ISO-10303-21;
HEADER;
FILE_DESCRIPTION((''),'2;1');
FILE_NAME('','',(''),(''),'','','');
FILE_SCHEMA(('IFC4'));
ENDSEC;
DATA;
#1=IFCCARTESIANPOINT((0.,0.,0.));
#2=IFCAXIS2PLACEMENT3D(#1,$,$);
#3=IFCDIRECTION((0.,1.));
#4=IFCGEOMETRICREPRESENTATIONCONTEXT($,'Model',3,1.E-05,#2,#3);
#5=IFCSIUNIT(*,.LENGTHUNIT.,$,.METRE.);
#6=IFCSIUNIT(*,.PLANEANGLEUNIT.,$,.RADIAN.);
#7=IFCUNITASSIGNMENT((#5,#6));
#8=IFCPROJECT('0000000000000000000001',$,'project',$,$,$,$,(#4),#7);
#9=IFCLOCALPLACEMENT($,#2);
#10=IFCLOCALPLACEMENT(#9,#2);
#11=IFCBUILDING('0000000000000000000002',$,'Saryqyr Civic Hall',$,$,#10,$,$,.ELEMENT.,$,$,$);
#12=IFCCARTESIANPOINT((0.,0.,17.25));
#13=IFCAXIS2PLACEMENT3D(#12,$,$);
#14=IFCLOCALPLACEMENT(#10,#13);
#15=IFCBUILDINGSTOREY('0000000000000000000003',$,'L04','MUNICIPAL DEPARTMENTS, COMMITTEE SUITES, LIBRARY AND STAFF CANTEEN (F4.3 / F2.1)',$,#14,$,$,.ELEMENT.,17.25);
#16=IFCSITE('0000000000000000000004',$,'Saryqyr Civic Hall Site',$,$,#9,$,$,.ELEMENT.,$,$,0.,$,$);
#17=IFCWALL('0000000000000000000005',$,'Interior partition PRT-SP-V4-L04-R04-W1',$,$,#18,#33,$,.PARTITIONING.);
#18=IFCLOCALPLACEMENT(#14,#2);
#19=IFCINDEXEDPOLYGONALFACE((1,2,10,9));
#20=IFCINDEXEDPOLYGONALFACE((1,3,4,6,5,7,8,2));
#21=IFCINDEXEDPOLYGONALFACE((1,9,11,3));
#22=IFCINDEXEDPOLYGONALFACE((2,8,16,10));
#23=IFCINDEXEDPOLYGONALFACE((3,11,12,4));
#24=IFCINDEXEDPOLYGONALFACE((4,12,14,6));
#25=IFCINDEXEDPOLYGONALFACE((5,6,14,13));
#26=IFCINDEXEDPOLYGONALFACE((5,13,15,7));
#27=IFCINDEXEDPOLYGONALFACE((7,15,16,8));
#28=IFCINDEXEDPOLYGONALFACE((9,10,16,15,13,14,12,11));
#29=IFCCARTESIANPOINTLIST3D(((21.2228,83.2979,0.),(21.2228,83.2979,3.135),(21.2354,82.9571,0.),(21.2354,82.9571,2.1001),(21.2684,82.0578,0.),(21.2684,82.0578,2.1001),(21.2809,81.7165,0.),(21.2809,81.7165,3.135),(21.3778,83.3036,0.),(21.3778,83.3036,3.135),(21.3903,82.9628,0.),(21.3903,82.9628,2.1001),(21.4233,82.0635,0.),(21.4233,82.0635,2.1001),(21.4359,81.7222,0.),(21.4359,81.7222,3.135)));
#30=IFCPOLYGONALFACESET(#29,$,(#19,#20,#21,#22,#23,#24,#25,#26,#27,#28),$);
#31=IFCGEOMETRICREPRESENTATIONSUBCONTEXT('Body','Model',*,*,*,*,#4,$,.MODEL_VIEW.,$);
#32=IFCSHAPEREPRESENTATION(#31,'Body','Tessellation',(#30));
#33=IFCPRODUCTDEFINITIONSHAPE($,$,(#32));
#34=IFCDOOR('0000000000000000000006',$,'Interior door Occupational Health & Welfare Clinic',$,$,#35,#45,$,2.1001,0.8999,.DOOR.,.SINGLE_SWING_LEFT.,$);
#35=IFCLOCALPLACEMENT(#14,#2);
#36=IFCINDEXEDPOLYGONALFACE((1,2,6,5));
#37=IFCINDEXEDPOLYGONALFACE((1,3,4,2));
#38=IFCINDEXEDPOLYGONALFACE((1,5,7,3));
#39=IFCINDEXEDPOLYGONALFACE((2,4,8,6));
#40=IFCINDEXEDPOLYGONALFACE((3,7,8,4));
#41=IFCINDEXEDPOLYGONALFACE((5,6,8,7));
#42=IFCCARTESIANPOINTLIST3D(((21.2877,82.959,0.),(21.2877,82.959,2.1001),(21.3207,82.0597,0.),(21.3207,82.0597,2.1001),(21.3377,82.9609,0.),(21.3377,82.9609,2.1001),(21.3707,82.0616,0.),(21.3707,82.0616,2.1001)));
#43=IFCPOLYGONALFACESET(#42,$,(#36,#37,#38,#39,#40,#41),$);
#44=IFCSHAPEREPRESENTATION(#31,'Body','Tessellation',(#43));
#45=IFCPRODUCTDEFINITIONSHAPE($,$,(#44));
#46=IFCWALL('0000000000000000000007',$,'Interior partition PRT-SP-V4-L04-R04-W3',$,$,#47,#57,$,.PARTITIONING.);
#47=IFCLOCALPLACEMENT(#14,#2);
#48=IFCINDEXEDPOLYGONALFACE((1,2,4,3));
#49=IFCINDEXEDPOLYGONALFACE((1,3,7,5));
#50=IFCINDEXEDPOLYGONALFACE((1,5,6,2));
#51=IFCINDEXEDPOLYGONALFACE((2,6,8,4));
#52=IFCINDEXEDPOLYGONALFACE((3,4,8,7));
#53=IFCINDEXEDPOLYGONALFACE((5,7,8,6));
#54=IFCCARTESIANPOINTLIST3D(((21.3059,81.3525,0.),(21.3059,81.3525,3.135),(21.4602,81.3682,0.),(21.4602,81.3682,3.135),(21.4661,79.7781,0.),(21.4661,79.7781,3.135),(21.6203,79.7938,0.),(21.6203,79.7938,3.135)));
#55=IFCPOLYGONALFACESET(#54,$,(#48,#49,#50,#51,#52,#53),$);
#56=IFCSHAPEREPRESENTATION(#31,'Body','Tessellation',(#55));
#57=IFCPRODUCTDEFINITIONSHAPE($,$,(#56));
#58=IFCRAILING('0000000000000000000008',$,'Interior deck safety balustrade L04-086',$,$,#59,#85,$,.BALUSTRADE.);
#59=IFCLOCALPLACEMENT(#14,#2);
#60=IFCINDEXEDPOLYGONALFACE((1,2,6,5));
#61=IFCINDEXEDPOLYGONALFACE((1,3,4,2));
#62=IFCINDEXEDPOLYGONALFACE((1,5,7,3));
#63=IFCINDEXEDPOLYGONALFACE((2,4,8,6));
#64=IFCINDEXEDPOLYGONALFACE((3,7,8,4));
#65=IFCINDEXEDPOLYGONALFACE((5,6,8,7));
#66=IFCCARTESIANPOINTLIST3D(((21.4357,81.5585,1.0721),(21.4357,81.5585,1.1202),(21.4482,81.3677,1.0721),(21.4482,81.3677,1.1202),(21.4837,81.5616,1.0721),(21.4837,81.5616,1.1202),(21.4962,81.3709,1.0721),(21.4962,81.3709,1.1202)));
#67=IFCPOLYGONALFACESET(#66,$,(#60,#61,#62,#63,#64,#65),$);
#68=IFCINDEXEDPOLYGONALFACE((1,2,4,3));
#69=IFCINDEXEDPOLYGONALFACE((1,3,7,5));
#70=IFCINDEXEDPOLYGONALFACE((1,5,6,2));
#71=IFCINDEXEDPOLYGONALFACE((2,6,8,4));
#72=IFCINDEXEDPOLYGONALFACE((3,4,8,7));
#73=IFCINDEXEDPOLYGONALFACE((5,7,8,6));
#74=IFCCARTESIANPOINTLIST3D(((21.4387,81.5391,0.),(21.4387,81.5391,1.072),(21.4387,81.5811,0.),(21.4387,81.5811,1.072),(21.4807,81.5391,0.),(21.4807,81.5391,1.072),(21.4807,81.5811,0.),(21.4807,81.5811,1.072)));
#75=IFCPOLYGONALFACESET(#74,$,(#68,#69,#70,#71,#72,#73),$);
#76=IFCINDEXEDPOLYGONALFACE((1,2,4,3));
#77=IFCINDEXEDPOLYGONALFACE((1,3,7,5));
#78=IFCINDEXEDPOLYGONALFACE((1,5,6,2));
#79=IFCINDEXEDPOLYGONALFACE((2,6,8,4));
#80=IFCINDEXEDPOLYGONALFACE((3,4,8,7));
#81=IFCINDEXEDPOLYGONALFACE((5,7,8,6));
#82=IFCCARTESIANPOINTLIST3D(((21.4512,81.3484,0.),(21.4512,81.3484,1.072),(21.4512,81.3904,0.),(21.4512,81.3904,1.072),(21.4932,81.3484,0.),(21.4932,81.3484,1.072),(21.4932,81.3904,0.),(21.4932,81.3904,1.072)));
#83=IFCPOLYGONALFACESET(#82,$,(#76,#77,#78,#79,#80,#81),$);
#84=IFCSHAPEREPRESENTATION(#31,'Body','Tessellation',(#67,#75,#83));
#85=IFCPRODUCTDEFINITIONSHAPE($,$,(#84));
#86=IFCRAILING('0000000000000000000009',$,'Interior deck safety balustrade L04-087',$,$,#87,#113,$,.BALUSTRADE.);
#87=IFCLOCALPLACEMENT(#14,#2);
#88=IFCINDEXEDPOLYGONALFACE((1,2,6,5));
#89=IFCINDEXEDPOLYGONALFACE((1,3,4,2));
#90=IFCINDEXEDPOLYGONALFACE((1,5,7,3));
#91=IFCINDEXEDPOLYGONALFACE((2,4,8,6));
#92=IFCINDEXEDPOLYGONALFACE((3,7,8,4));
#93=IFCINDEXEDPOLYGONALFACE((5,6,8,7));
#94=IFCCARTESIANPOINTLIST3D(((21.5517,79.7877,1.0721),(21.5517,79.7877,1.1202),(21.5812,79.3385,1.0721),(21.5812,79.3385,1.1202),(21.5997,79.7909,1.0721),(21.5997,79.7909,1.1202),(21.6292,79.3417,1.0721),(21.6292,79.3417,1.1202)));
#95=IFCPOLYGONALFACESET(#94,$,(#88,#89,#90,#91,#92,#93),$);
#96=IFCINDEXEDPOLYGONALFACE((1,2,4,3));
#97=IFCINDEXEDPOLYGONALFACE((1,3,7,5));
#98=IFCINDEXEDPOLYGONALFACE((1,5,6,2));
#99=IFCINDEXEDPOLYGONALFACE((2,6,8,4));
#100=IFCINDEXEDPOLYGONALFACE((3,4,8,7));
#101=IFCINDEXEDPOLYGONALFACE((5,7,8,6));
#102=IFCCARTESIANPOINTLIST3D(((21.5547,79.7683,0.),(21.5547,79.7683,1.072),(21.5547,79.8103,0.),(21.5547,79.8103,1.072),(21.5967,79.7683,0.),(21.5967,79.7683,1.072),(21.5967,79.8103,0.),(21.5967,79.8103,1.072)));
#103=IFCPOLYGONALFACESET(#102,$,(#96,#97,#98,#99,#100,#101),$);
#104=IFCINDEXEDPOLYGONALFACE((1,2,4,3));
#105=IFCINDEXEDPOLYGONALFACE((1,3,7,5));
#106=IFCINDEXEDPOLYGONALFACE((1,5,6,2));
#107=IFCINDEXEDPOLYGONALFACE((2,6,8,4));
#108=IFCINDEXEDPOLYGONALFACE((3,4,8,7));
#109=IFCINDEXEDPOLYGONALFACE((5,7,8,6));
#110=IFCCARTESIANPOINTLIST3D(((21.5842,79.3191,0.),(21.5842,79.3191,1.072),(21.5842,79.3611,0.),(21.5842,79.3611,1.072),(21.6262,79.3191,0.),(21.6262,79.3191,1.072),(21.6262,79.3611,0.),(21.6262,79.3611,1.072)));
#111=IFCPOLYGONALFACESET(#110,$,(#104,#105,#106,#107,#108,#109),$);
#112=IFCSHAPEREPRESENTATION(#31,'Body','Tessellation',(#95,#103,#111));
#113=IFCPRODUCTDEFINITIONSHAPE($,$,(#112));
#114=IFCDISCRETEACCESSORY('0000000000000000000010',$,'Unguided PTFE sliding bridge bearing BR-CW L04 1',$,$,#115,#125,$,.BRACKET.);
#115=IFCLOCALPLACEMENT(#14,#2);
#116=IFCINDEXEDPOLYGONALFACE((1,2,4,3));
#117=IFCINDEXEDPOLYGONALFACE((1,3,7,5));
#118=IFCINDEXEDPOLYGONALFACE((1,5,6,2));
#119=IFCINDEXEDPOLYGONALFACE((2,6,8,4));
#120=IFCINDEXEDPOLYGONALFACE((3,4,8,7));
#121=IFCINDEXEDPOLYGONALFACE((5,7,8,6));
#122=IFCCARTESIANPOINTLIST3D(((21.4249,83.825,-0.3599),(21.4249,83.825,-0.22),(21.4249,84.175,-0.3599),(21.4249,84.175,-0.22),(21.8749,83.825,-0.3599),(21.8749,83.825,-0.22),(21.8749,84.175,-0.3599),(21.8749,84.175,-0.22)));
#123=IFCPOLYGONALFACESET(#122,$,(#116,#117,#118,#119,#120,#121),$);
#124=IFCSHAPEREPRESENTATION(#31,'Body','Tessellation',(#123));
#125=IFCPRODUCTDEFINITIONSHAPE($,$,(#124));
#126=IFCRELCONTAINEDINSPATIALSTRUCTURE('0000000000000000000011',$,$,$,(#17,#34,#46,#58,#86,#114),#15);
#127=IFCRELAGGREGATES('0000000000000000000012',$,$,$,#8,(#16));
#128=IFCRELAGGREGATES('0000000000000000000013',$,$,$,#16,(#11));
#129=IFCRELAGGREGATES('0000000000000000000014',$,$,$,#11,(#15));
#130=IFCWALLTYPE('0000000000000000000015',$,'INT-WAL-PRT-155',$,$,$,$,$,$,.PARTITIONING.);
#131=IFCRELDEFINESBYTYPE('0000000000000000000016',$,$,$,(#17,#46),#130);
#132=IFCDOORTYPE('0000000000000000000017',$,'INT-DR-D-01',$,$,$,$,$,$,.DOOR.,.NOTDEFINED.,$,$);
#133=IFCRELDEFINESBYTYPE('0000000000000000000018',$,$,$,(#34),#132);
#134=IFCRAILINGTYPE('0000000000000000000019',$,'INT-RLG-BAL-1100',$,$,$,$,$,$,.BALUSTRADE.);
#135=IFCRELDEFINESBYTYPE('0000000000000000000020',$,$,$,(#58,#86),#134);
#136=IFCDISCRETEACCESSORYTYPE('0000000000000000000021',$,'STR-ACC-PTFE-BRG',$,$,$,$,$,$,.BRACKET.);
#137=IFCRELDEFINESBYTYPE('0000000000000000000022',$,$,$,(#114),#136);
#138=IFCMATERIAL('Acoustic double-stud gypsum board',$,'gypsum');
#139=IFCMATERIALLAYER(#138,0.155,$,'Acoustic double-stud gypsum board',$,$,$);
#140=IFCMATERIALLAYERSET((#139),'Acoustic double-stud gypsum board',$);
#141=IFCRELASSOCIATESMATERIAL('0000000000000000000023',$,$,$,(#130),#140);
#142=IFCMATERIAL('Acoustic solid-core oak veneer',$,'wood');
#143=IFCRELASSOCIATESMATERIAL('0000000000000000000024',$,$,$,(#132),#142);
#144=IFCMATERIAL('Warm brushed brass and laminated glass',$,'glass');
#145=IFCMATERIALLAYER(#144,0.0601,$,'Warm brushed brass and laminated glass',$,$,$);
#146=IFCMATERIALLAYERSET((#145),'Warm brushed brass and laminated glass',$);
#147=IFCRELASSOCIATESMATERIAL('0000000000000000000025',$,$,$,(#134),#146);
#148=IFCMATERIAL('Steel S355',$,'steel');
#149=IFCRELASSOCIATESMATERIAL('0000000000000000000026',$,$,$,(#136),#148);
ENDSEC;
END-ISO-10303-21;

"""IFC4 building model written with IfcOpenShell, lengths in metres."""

from ifc_helpers import new_model, si_unit, direction, frame, frame_2d, origin, origin_2d, place, context, subcontext, project, spatial, rectangle, extrude, material, layer, layer_set, type_object, element, fill, save


model = new_model("IFC4")

# Units and contexts
model_context = context("Model", 3, precision=1e-05, world=origin(), true_north=direction((0.0, 1.0)))
body_context = subcontext(model_context, "Body", "Model", "MODEL_VIEW")
ifc_project = project(units=[si_unit("LENGTHUNIT", "METRE"), si_unit("PLANEANGLEUNIT", "RADIAN")], contexts=[model_context])

# Site, building, storey
site_placement = place(None, origin())
site = spatial("IfcSite", under=ifc_project, at=site_placement, Name="Saryqyr Civic Hall Site", CompositionType="ELEMENT", RefElevation=0.0)
building_placement = place(site_placement, origin())
building = spatial("IfcBuilding", under=site, at=building_placement, Name="Saryqyr Civic Hall", CompositionType="ELEMENT")
storey_placement = place(building_placement, frame((0.0, 0.0, 17.25)))
storey = spatial("IfcBuildingStorey", under=building, at=storey_placement, Name="L04", Description="MUNICIPAL DEPARTMENTS, COMMITTEE SUITES, LIBRARY AND STAFF CANTEEN (F4.3 / F2.1)", CompositionType="ELEMENT", Elevation=17.25)

# Shared definitions
ifc_material_1 = material(Name="Steel S355", Category="steel")

# Wall, opening, door
ifc_material_2 = material(Name="Acoustic double-stud gypsum board", Category="gypsum")
ifc_layer_1 = layer(ifc_material_2, 0.155, Name="Acoustic double-stud gypsum board")
ifc_layer_set_1 = layer_set([ifc_layer_1], Name="Acoustic double-stud gypsum board")
wall_type = type_object("IfcWallType", Name="INT-WAL-PRT-155", PredefinedType="PARTITIONING", material=ifc_layer_set_1)
wall_1_placement = place(storey_placement, frame((21.3003, 83.3008, 0.0), z_axis=(0.0, 0.0, 1.0), x_axis=(0.036715, -0.999326, 0.0)))
wall_1 = element("IfcWall", 1, at=wall_1_placement, inside=storey, type_object=wall_type, Name="Interior partition PRT-SP-V4-L04-R04-W1", PredefinedType="PARTITIONING", context=body_context, shape_type="SweptSolid", body=[
    extrude(rectangle(XDim=1.5825, YDim=0.155, at=frame_2d((0.7913, 0.0))), origin(), (0.0, 0.0, 1.0), 3.135),
])
opening_placement = place(wall_1_placement, frame((0.3411, 0.0, 0.0)))
opening = element("IfcOpeningElement", 2, at=opening_placement, cuts=wall_1, PredefinedType="OPENING", context=body_context, shape_type="SweptSolid", body=[
    extrude(rectangle(XDim=0.8999, YDim=2.1001, at=frame_2d((0.45, 1.05))), frame((0.0, 0.0874, 0.0), z_axis=(0.0, -1.0, 0.0), x_axis=(1.0, 0.0, 0.0)), (0.0, 0.0, 1.0), 0.175),
])
ifc_material_3 = material(Name="Acoustic solid-core oak veneer", Category="wood")
door_type = type_object("IfcDoorType", Name="INT-DR-D-01", OperationType="NOTDEFINED", PredefinedType="DOOR", material=ifc_material_3)
door_placement = place(opening_placement, origin())
door = element("IfcDoor", 3, at=door_placement, inside=storey, type_object=door_type, Name="Interior door Occupational Health & Welfare Clinic", OperationType="SINGLE_SWING_LEFT", OverallHeight=2.1001, OverallWidth=0.8999, PredefinedType="DOOR", context=body_context, shape_type="SweptSolid", body=[
    extrude(rectangle(XDim=0.8999, YDim=2.1001, at=frame_2d((0.45, 1.05))), frame((0.0, 0.0249, 0.0), z_axis=(0.0, -1.0, 0.0), x_axis=(1.0, 0.0, 0.0)), (0.0, 0.0, 1.0), 0.05),
])
fill(opening, door)

# Wall
wall_2_placement = place(storey_placement, frame((21.3831, 81.3604, 0.0), z_axis=(0.0, 0.0, 1.0), x_axis=(0.101199, -0.994866, 0.0)))
element("IfcWall", 4, at=wall_2_placement, inside=storey, type_object=wall_type, Name="Interior partition PRT-SP-V4-L04-R04-W3", PredefinedType="PARTITIONING", context=body_context, shape_type="SweptSolid", body=[
    extrude(rectangle(XDim=1.5825, YDim=0.155, at=frame_2d((0.7913, 0.0))), origin(), (0.0, 0.0, 1.0), 3.135),
])

# Railings
ifc_material_4 = material(Name="Warm brushed brass and laminated glass", Category="glass")
ifc_layer_2 = layer(ifc_material_4, 0.0601, Name="Warm brushed brass and laminated glass")
ifc_layer_set_2 = layer_set([ifc_layer_2], Name="Warm brushed brass and laminated glass")
railing_type = type_object("IfcRailingType", Name="INT-RLG-BAL-1100", PredefinedType="BALUSTRADE", material=ifc_layer_set_2)
railing_1_placement = place(storey_placement, frame((21.4597, 81.5601, 0.0)))
element("IfcRailing", 5, at=railing_1_placement, inside=storey, type_object=railing_type, Name="Interior deck safety balustrade L04-086", PredefinedType="BALUSTRADE", context=body_context, shape_type="SweptSolid", body=[
    extrude(rectangle(XDim=0.0481, YDim=0.0481, at=origin_2d()), frame((0.0, 0.0, 1.0962), z_axis=(0.065162, -0.997875, 0.0), x_axis=(0.997875, 0.065162, 0.0)), (0.0, 0.0, 1.0), 0.1912),
    extrude(rectangle(XDim=0.042, YDim=0.042, at=origin_2d()), origin(), (0.0, 0.0, 1.0), 1.072),
    extrude(rectangle(XDim=0.042, YDim=0.042, at=origin_2d()), frame((0.0125, -0.1907, 0.0)), (0.0, 0.0, 1.0), 1.072),
])
railing_2_placement = place(storey_placement, frame((21.5757, 79.7893, 0.0)))
element("IfcRailing", 6, at=railing_2_placement, inside=storey, type_object=railing_type, Name="Interior deck safety balustrade L04-087", PredefinedType="BALUSTRADE", context=body_context, shape_type="SweptSolid", body=[
    extrude(rectangle(XDim=0.0481, YDim=0.0481, at=origin_2d()), frame((0.0, 0.0, 1.0962), z_axis=(0.065619, -0.997845, 0.0), x_axis=(0.997845, 0.065619, 0.0)), (0.0, 0.0, 1.0), 0.4502),
    extrude(rectangle(XDim=0.042, YDim=0.042, at=origin_2d()), origin(), (0.0, 0.0, 1.0), 1.072),
    extrude(rectangle(XDim=0.042, YDim=0.042, at=origin_2d()), frame((0.0295, -0.4492, 0.0)), (0.0, 0.0, 1.0), 1.072),
])

# Discrete accessory
discrete_accessory_type = type_object("IfcDiscreteAccessoryType", Name="STR-ACC-PTFE-BRG", PredefinedType="BRACKET", material=ifc_material_1)
discrete_accessory_placement = place(storey_placement, frame((21.6499, 84.0, -0.3599), z_axis=(0.0, 0.0, 1.0), x_axis=(1.0, 0.0, 0.0)))
element("IfcDiscreteAccessory", 7, at=discrete_accessory_placement, inside=storey, type_object=discrete_accessory_type, Name="Unguided PTFE sliding bridge bearing BR-CW L04 1", PredefinedType="BRACKET", context=body_context, shape_type="SweptSolid", body=[
    extrude(rectangle(XDim=0.45, YDim=0.3501, at=origin_2d()), origin(), (0.0, 0.0, 1.0), 0.1399),
])

save(model, "model.ifc")
